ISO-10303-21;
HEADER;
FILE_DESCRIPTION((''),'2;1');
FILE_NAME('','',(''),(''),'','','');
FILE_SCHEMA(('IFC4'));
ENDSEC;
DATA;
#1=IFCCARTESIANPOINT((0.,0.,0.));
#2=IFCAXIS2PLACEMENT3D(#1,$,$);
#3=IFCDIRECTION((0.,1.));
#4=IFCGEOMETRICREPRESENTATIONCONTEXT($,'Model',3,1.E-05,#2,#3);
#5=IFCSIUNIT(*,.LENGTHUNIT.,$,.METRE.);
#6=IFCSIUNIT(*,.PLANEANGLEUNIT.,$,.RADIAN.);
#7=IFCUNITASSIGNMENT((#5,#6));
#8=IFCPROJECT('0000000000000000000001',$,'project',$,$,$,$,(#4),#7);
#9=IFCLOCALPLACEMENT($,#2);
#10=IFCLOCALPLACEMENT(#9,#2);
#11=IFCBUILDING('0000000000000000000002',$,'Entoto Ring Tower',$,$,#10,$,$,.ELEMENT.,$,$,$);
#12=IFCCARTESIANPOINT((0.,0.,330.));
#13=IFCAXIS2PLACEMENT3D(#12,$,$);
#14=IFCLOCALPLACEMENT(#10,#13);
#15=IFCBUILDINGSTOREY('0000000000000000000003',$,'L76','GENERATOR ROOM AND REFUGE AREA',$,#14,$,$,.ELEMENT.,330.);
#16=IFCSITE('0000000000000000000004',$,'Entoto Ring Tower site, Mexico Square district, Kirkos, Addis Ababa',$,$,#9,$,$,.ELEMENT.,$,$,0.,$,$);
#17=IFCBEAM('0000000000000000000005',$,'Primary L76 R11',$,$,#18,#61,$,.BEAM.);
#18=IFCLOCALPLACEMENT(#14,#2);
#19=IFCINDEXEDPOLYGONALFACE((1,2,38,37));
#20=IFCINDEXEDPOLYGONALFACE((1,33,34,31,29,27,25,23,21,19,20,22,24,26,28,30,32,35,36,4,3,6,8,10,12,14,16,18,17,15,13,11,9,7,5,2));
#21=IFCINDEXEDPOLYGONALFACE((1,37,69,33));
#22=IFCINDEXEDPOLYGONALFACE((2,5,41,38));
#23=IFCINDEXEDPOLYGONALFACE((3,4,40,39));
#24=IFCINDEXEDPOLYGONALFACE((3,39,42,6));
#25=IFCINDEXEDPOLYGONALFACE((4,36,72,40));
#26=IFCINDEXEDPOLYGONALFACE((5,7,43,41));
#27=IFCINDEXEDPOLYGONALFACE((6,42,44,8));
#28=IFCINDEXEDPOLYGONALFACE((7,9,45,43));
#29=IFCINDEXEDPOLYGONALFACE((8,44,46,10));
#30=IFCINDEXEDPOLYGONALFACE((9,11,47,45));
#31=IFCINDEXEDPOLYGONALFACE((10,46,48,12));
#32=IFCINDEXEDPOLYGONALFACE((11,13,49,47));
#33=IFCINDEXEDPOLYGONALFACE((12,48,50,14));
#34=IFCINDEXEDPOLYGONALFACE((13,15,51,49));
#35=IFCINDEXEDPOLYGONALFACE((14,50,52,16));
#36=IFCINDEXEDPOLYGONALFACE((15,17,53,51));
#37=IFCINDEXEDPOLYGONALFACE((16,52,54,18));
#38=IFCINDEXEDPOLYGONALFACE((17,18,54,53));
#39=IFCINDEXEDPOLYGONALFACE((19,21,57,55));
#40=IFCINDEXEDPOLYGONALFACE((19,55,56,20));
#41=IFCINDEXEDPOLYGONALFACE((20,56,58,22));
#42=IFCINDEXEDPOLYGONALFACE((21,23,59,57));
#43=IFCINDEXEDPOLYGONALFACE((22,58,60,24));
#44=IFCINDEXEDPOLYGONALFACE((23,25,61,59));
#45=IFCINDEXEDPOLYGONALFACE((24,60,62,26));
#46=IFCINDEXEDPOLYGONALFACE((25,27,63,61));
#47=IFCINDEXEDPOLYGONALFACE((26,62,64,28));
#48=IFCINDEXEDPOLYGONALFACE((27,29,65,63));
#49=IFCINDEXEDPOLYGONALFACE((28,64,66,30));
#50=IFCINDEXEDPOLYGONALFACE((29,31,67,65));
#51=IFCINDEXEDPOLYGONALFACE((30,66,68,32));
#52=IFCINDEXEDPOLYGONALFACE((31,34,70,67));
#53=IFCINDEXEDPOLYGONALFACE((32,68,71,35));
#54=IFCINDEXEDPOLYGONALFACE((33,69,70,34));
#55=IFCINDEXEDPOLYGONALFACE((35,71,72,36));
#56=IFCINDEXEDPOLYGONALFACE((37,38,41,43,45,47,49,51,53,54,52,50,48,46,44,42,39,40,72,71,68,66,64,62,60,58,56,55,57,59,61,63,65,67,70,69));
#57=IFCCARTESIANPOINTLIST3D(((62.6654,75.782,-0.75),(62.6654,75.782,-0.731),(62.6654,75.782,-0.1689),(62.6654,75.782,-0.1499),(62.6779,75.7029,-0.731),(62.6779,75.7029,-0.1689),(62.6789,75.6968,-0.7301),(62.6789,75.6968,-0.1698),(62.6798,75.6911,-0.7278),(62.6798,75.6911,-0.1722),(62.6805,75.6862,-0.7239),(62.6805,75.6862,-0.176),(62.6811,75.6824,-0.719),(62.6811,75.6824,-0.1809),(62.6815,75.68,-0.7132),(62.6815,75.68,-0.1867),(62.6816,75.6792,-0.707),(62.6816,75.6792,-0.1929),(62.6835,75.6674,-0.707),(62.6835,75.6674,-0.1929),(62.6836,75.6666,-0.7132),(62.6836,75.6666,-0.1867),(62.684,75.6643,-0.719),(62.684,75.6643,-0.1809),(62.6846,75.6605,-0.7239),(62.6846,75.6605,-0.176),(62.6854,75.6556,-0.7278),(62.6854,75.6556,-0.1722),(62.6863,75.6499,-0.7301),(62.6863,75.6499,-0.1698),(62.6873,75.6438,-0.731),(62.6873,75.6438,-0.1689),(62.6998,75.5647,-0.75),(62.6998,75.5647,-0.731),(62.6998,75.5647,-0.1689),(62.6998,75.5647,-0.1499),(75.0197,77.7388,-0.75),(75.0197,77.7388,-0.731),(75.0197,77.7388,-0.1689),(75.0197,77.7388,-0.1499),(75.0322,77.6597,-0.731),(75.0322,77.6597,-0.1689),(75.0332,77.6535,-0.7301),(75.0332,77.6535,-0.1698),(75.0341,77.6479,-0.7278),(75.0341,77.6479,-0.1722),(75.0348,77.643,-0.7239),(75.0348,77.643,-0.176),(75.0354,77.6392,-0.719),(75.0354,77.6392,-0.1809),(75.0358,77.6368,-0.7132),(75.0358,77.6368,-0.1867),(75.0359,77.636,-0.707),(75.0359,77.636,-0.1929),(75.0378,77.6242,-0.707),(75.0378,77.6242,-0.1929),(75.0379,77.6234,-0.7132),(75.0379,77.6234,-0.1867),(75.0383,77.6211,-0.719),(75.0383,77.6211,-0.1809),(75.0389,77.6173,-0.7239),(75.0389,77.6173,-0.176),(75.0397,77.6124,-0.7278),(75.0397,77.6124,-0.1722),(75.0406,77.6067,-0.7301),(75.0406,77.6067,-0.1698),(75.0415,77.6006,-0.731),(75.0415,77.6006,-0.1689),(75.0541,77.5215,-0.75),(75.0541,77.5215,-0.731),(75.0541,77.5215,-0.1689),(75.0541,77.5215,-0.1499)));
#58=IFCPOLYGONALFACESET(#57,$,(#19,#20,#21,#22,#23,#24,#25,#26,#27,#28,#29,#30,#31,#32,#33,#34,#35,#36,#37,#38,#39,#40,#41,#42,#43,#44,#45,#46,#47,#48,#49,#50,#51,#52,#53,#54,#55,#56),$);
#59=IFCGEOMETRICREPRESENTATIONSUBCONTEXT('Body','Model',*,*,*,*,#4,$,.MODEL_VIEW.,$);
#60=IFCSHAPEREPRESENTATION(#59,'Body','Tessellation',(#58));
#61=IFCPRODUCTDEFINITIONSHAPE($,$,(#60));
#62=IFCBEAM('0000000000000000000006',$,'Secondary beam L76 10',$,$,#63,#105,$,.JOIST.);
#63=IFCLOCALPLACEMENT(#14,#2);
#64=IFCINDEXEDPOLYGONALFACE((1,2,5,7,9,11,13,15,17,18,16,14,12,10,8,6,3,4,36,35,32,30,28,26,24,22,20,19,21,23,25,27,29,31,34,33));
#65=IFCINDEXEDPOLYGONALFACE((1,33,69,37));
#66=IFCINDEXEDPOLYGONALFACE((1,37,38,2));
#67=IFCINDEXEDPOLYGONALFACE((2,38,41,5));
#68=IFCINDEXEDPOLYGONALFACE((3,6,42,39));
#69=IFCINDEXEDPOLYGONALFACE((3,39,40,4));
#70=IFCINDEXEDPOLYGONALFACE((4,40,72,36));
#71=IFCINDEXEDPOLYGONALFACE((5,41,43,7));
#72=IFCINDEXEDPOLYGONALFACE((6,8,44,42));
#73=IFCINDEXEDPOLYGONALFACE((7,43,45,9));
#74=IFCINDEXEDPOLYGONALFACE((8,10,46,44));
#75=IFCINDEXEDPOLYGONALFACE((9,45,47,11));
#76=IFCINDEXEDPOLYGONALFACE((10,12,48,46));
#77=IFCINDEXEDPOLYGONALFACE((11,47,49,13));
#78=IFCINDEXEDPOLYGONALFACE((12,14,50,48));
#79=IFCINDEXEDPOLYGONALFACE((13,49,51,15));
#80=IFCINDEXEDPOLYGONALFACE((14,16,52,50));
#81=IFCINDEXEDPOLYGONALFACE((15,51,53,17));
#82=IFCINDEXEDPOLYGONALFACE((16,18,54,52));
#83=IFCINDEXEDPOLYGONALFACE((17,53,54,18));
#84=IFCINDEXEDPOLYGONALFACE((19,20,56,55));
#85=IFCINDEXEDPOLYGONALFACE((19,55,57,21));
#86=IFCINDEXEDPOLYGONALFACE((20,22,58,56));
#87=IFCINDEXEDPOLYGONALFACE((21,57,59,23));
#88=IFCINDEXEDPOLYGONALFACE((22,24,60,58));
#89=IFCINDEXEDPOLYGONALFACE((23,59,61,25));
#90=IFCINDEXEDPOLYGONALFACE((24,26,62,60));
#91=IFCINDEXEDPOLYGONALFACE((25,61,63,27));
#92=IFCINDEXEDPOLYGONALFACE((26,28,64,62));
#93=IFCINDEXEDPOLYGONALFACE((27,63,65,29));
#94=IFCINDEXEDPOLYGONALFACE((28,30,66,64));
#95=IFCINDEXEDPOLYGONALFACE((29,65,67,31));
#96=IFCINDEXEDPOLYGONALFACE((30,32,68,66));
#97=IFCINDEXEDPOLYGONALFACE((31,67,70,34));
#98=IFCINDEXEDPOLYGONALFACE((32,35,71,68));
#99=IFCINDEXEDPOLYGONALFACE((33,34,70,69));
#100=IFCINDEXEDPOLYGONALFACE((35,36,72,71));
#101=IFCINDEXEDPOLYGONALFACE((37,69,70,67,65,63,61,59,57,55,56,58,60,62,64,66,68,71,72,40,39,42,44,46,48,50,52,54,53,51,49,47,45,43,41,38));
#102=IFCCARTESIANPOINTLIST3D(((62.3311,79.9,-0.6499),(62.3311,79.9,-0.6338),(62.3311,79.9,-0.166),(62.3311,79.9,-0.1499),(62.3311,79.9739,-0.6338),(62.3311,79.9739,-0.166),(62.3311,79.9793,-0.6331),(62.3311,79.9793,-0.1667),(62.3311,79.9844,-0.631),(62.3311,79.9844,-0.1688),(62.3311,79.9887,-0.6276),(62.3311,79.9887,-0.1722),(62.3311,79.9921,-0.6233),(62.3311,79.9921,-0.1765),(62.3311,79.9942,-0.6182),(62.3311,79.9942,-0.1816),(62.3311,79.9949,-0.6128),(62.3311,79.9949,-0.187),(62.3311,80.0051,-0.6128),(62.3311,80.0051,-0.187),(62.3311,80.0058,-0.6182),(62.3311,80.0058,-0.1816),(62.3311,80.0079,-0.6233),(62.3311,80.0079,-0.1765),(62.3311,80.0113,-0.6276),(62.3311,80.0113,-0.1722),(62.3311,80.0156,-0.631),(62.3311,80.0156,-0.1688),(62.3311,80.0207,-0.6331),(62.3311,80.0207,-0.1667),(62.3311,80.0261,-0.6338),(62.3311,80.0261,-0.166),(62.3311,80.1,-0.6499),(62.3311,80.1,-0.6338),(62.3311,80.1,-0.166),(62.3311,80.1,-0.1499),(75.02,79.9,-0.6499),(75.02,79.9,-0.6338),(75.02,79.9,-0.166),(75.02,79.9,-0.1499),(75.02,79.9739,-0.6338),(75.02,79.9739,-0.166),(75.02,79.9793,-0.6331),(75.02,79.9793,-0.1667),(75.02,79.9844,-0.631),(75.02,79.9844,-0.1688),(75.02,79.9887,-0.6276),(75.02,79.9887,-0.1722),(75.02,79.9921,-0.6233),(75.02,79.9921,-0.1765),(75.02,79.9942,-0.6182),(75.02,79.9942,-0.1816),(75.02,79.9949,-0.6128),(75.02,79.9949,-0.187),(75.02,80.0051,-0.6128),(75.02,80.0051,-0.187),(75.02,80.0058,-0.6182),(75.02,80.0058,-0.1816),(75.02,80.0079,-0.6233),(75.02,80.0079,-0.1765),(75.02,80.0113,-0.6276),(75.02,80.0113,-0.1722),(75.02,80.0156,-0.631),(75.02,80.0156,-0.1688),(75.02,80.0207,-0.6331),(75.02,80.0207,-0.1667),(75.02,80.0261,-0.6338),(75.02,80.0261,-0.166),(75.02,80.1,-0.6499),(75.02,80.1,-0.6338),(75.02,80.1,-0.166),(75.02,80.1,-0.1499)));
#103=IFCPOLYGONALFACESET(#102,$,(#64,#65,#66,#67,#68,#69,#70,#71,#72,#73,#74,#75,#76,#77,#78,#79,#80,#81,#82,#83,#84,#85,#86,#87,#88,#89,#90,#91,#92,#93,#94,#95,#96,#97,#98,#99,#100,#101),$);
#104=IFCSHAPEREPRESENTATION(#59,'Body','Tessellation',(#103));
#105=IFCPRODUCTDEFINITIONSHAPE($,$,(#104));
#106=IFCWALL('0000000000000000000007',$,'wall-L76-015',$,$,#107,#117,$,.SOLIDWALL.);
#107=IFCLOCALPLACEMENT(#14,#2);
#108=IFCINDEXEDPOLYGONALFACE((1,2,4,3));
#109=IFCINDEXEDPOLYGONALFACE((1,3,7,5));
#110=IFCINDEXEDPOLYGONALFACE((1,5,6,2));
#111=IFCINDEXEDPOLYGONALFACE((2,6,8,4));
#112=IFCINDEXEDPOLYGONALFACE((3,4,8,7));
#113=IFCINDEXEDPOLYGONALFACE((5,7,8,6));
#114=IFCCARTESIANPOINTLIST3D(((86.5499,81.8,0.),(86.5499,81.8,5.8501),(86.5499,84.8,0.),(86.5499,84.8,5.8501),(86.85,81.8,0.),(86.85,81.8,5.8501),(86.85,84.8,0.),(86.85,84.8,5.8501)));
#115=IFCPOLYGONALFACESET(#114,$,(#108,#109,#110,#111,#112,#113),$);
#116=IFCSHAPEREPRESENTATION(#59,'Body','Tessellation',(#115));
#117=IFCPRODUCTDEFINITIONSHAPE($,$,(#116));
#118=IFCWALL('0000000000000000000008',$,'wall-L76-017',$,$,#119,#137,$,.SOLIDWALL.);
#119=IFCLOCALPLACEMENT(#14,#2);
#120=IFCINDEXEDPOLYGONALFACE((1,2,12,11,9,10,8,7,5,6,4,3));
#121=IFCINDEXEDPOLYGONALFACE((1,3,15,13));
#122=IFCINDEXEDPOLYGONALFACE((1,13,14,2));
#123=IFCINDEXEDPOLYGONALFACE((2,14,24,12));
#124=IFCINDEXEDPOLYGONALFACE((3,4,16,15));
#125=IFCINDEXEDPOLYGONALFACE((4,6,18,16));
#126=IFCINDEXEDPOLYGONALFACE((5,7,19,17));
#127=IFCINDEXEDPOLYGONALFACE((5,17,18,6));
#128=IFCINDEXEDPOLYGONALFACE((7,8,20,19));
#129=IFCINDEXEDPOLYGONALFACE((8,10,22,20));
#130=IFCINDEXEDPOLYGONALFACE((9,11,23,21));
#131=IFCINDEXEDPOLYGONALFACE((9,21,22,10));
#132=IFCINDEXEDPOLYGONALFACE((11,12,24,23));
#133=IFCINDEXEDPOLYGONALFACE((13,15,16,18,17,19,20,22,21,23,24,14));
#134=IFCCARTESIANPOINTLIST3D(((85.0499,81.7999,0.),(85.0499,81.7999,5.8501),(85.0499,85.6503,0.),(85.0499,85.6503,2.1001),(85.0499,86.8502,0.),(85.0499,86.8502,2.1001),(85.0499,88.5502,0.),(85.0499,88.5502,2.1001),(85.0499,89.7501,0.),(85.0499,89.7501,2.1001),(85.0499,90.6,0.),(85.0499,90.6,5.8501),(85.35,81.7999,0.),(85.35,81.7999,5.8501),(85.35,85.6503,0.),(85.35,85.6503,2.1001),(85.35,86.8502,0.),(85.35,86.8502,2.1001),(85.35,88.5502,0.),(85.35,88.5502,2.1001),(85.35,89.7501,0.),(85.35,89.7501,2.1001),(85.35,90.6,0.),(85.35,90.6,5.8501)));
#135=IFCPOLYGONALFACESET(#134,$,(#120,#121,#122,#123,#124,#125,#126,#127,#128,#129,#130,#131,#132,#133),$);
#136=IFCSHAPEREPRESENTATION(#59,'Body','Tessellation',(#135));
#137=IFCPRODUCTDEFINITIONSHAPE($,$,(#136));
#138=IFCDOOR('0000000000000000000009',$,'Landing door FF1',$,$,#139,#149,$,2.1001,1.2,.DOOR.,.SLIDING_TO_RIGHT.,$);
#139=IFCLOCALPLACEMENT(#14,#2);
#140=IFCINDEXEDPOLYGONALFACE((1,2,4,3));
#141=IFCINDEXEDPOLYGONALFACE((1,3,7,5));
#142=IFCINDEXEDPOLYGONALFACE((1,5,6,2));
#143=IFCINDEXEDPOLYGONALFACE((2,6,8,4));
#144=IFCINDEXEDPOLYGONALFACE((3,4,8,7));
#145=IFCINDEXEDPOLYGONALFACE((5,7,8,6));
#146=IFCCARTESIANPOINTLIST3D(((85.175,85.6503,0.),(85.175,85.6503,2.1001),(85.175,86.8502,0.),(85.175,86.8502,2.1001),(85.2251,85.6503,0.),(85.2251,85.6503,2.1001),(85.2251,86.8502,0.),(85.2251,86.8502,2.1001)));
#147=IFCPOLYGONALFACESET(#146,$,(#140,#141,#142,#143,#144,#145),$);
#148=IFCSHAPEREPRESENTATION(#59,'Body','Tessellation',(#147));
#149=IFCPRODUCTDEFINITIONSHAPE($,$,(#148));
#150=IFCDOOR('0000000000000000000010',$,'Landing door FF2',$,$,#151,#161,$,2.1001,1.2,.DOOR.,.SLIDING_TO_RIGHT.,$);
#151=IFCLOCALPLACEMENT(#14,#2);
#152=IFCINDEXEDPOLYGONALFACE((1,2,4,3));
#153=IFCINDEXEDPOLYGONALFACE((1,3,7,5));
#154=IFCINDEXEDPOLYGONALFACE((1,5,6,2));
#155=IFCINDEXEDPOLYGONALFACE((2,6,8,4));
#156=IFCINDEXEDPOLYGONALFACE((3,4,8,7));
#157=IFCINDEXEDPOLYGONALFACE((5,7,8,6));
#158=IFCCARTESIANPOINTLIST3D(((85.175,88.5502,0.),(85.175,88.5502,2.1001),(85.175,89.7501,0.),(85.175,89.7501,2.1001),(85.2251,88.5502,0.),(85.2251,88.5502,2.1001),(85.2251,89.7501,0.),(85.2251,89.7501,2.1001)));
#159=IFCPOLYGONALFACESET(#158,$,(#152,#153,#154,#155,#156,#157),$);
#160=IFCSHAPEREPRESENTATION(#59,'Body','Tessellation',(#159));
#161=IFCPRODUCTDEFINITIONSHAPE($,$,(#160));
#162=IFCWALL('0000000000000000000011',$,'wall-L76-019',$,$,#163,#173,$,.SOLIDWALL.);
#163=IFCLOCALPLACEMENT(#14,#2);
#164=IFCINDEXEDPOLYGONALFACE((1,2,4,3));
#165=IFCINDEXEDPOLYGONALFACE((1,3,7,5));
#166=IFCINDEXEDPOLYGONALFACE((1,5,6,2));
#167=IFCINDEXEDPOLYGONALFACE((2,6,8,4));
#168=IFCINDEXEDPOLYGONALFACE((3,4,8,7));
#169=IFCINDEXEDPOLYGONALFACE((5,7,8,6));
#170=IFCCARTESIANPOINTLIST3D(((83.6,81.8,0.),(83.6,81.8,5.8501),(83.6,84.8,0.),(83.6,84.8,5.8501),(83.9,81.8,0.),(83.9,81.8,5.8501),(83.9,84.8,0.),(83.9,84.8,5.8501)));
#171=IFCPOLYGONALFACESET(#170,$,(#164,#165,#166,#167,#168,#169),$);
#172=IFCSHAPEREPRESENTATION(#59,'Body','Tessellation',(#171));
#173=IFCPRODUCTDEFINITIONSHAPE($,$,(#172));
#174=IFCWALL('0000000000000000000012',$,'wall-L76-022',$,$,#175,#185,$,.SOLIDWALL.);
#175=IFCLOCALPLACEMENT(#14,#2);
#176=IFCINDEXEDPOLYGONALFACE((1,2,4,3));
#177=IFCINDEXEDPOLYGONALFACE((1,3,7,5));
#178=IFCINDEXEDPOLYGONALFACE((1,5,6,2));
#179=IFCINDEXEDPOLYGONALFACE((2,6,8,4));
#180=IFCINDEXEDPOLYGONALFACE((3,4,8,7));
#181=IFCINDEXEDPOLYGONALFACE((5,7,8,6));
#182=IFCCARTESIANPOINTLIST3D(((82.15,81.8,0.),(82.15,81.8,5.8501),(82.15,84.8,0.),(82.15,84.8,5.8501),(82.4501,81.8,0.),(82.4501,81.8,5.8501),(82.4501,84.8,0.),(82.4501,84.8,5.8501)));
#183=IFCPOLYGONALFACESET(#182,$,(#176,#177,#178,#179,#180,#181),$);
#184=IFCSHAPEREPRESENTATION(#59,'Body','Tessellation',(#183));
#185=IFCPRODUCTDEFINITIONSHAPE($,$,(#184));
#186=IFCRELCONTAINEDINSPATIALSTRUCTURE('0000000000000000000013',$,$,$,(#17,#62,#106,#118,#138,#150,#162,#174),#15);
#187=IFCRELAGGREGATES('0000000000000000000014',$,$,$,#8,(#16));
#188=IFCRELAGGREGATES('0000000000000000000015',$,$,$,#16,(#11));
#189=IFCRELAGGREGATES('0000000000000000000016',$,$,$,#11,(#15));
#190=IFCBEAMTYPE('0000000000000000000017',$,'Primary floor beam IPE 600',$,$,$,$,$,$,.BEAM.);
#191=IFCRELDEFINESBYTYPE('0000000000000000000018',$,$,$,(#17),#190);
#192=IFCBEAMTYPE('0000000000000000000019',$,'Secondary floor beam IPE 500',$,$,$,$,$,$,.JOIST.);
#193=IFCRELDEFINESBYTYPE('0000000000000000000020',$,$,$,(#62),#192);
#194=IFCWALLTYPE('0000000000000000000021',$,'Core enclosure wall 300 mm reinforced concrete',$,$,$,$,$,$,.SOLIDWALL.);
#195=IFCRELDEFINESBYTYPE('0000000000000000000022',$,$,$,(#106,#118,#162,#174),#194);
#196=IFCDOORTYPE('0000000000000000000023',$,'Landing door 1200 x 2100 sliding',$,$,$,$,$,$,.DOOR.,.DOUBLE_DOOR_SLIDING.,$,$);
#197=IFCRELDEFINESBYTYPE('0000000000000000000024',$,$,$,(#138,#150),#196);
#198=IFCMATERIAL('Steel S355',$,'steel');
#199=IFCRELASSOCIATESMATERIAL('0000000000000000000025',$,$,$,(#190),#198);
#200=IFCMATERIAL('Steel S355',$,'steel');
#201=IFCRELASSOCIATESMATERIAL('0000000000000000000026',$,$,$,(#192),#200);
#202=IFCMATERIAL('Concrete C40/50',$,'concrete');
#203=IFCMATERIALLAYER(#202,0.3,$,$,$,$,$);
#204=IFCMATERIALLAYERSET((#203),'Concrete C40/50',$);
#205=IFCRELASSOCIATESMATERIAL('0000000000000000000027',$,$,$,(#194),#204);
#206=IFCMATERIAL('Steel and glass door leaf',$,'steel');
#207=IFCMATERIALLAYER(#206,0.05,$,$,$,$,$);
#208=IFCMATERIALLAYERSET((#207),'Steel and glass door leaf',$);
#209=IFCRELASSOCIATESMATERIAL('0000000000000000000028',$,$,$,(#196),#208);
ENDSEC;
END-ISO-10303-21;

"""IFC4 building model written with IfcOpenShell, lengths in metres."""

from ifc_helpers import new_model, si_unit, direction, frame, frame_2d, origin, origin_2d, place, context, subcontext, project, spatial, rectangle, i_section, extrude, material, layer, layer_set, material_profile, profile_set, type_object, element, fill, save


model = new_model("IFC4")

# Units and contexts
model_context = context("Model", 3, precision=1e-05, world=origin(), true_north=direction((0.0, 1.0)))
body_context = subcontext(model_context, "Body", "Model", "MODEL_VIEW")
ifc_project = project(units=[si_unit("LENGTHUNIT", "METRE"), si_unit("PLANEANGLEUNIT", "RADIAN")], contexts=[model_context])

# Site, building, storey
site_placement = place(None, origin())
site = spatial("IfcSite", under=ifc_project, at=site_placement, Name="Entoto Ring Tower site, Mexico Square district, Kirkos, Addis Ababa", CompositionType="ELEMENT", RefElevation=0.0)
building_placement = place(site_placement, origin())
building = spatial("IfcBuilding", under=site, at=building_placement, Name="Entoto Ring Tower", CompositionType="ELEMENT")
storey_placement = place(building_placement, frame((0.0, 0.0, 330.0)))
storey = spatial("IfcBuildingStorey", under=building, at=storey_placement, Name="L76", Description="GENERATOR ROOM AND REFUGE AREA", CompositionType="ELEMENT", Elevation=330.0)

# Beams
ifc_material_1 = material(Name="Steel S355", Category="steel")
ifc_material_profile_1 = material_profile(ifc_material_1, i_section(OverallWidth=0.22, OverallDepth=0.6001, WebThickness=0.012, FlangeThickness=0.019, FilletRadius=0.0239, at=origin_2d()), Name="IPE 600")
ifc_profile_set_1 = profile_set([ifc_material_profile_1], Name="Steel S355")
beam_type_1 = type_object("IfcBeamType", Name="Primary floor beam IPE 600", PredefinedType="BEAM", material=ifc_profile_set_1)
for number, where, z_axis, x_axis, name in (
    (1, (75.0369, 77.6301, -0.45), (-0.987688, -0.15644, 0.0), (0.15644, -0.987688, 0.0), "Primary L76 R11"),
):
    element("IfcBeam", number, at=place(storey_placement, frame(where, z_axis=z_axis, x_axis=x_axis)), inside=storey, type_object=beam_type_1, Name=name, PredefinedType="BEAM", context=body_context, shape_type="SweptSolid", body=[
        extrude(i_section(OverallWidth=0.22, OverallDepth=0.6001, WebThickness=0.012, FlangeThickness=0.019, FilletRadius=0.0239, at=origin_2d()), origin(), (0.0, 0.0, 1.0), 12.5083),
    ])
ifc_material_2 = material(Name="Steel S355", Category="steel")
ifc_material_profile_2 = material_profile(ifc_material_2, i_section(OverallWidth=0.2, OverallDepth=0.5, WebThickness=0.0103, FlangeThickness=0.0161, FilletRadius=0.021, at=origin_2d()), Name="IPE 500")
ifc_profile_set_2 = profile_set([ifc_material_profile_2], Name="Steel S355")
beam_type_2 = type_object("IfcBeamType", Name="Secondary floor beam IPE 500", PredefinedType="JOIST", material=ifc_profile_set_2)
beam_placement = place(storey_placement, frame((75.02, 80.0, -0.3999), z_axis=(-1.0, 0.0, 0.0), x_axis=(0.0, -1.0, 0.0)))
element("IfcBeam", 2, at=beam_placement, inside=storey, type_object=beam_type_2, Name="Secondary beam L76 10", PredefinedType="JOIST", context=body_context, shape_type="SweptSolid", body=[
    extrude(i_section(OverallWidth=0.2, OverallDepth=0.5, WebThickness=0.0103, FlangeThickness=0.0161, FilletRadius=0.021, at=origin_2d()), origin(), (0.0, 0.0, 1.0), 12.689),
])

# Wall
ifc_material_3 = material(Name="Concrete C40/50", Category="concrete")
ifc_layer_1 = layer(ifc_material_3, 0.3)
ifc_layer_set_1 = layer_set([ifc_layer_1], Name="Concrete C40/50")
wall_type = type_object("IfcWallType", Name="Core enclosure wall 300 mm reinforced concrete", PredefinedType="SOLIDWALL", material=ifc_layer_set_1)
wall_1_placement = place(storey_placement, frame((86.7, 81.8, 0.0), z_axis=(0.0, 0.0, 1.0), x_axis=(0.0, 1.0, 0.0)))
element("IfcWall", 3, at=wall_1_placement, inside=storey, type_object=wall_type, Name="wall-L76-015", PredefinedType="SOLIDWALL", context=body_context, shape_type="SweptSolid", body=[
    extrude(rectangle(XDim=3.0, YDim=0.3, at=frame_2d((1.5, 0.0))), origin(), (0.0, 0.0, 1.0), 5.8501),
])

# Wall, openings, doors
wall_2_placement = place(storey_placement, frame((85.2, 81.8, 0.0), z_axis=(0.0, 0.0, 1.0), x_axis=(0.0, 1.0, 0.0)))
wall_2 = element("IfcWall", 4, at=wall_2_placement, inside=storey, type_object=wall_type, Name="wall-L76-017", PredefinedType="SOLIDWALL", context=body_context, shape_type="SweptSolid", body=[
    extrude(rectangle(XDim=8.8, YDim=0.3, at=frame_2d((4.3999, 0.0))), origin(), (0.0, 0.0, 1.0), 5.8501),
])
opening_1_placement = place(wall_2_placement, frame((3.8501, 0.0, 0.0)))
opening_1 = element("IfcOpeningElement", 5, at=opening_1_placement, cuts=wall_2, PredefinedType="OPENING", context=body_context, shape_type="SweptSolid", body=[
    extrude(rectangle(XDim=1.2, YDim=2.1001, at=frame_2d((0.6001, 1.05))), frame((0.0, 0.1602, 0.0), z_axis=(0.0, -1.0, 0.0), x_axis=(1.0, 0.0, 0.0)), (0.0, 0.0, 1.0), 0.3201),
])
opening_2_placement = place(wall_2_placement, frame((6.75, 0.0, 0.0)))
opening_2 = element("IfcOpeningElement", 6, at=opening_2_placement, cuts=wall_2, PredefinedType="OPENING", context=body_context, shape_type="SweptSolid", body=[
    extrude(rectangle(XDim=1.2, YDim=2.1001, at=frame_2d((0.6001, 1.05))), frame((0.0, 0.1602, 0.0), z_axis=(0.0, -1.0, 0.0), x_axis=(1.0, 0.0, 0.0)), (0.0, 0.0, 1.0), 0.3201),
])
ifc_material_4 = material(Name="Steel and glass door leaf", Category="steel")
ifc_layer_2 = layer(ifc_material_4, 0.05)
ifc_layer_set_2 = layer_set([ifc_layer_2], Name="Steel and glass door leaf")
door_type_1 = type_object("IfcDoorType", Name="Landing door 1200 x 2100 sliding", OperationType="DOUBLE_DOOR_SLIDING", PredefinedType="DOOR", material=ifc_layer_set_2)
door_1_placement = place(opening_1_placement, origin())
door_1 = element("IfcDoor", 7, at=door_1_placement, inside=storey, type_object=door_type_1, Name="Landing door FF1", OperationType="SLIDING_TO_RIGHT", OverallHeight=2.1001, OverallWidth=1.2, PredefinedType="DOOR", context=body_context, shape_type="SweptSolid", body=[
    extrude(rectangle(XDim=1.2, YDim=2.1001, at=frame_2d((0.6001, 1.05))), frame((0.0, 0.0249, 0.0), z_axis=(0.0, -1.0, 0.0), x_axis=(1.0, 0.0, 0.0)), (0.0, 0.0, 1.0), 0.05),
])
fill(opening_1, door_1)
door_2_placement = place(opening_2_placement, origin())
door_2 = element("IfcDoor", 8, at=door_2_placement, inside=storey, type_object=door_type_1, Name="Landing door FF2", OperationType="SLIDING_TO_RIGHT", OverallHeight=2.1001, OverallWidth=1.2, PredefinedType="DOOR", context=body_context, shape_type="SweptSolid", body=[
    extrude(rectangle(XDim=1.2, YDim=2.1001, at=frame_2d((0.6001, 1.05))), frame((0.0, 0.0249, 0.0), z_axis=(0.0, -1.0, 0.0), x_axis=(1.0, 0.0, 0.0)), (0.0, 0.0, 1.0), 0.05),
])
fill(opening_2, door_2)

# Walls
for number, where, z_axis, x_axis, name in (
    (9, (83.75, 81.8, 0.0), (0.0, 0.0, 1.0), (0.0, 1.0, 0.0), "wall-L76-019"),
    (10, (82.3, 81.8, 0.0), (0.0, 0.0, 1.0), (0.0, 1.0, 0.0), "wall-L76-022"),
):
    element("IfcWall", number, at=place(storey_placement, frame(where, z_axis=z_axis, x_axis=x_axis)), inside=storey, type_object=wall_type, Name=name, PredefinedType="SOLIDWALL", context=body_context, shape_type="SweptSolid", body=[
        extrude(rectangle(XDim=3.0, YDim=0.3, at=frame_2d((1.5, 0.0))), origin(), (0.0, 0.0, 1.0), 5.8501),
    ])

save(model, "model.ifc")
